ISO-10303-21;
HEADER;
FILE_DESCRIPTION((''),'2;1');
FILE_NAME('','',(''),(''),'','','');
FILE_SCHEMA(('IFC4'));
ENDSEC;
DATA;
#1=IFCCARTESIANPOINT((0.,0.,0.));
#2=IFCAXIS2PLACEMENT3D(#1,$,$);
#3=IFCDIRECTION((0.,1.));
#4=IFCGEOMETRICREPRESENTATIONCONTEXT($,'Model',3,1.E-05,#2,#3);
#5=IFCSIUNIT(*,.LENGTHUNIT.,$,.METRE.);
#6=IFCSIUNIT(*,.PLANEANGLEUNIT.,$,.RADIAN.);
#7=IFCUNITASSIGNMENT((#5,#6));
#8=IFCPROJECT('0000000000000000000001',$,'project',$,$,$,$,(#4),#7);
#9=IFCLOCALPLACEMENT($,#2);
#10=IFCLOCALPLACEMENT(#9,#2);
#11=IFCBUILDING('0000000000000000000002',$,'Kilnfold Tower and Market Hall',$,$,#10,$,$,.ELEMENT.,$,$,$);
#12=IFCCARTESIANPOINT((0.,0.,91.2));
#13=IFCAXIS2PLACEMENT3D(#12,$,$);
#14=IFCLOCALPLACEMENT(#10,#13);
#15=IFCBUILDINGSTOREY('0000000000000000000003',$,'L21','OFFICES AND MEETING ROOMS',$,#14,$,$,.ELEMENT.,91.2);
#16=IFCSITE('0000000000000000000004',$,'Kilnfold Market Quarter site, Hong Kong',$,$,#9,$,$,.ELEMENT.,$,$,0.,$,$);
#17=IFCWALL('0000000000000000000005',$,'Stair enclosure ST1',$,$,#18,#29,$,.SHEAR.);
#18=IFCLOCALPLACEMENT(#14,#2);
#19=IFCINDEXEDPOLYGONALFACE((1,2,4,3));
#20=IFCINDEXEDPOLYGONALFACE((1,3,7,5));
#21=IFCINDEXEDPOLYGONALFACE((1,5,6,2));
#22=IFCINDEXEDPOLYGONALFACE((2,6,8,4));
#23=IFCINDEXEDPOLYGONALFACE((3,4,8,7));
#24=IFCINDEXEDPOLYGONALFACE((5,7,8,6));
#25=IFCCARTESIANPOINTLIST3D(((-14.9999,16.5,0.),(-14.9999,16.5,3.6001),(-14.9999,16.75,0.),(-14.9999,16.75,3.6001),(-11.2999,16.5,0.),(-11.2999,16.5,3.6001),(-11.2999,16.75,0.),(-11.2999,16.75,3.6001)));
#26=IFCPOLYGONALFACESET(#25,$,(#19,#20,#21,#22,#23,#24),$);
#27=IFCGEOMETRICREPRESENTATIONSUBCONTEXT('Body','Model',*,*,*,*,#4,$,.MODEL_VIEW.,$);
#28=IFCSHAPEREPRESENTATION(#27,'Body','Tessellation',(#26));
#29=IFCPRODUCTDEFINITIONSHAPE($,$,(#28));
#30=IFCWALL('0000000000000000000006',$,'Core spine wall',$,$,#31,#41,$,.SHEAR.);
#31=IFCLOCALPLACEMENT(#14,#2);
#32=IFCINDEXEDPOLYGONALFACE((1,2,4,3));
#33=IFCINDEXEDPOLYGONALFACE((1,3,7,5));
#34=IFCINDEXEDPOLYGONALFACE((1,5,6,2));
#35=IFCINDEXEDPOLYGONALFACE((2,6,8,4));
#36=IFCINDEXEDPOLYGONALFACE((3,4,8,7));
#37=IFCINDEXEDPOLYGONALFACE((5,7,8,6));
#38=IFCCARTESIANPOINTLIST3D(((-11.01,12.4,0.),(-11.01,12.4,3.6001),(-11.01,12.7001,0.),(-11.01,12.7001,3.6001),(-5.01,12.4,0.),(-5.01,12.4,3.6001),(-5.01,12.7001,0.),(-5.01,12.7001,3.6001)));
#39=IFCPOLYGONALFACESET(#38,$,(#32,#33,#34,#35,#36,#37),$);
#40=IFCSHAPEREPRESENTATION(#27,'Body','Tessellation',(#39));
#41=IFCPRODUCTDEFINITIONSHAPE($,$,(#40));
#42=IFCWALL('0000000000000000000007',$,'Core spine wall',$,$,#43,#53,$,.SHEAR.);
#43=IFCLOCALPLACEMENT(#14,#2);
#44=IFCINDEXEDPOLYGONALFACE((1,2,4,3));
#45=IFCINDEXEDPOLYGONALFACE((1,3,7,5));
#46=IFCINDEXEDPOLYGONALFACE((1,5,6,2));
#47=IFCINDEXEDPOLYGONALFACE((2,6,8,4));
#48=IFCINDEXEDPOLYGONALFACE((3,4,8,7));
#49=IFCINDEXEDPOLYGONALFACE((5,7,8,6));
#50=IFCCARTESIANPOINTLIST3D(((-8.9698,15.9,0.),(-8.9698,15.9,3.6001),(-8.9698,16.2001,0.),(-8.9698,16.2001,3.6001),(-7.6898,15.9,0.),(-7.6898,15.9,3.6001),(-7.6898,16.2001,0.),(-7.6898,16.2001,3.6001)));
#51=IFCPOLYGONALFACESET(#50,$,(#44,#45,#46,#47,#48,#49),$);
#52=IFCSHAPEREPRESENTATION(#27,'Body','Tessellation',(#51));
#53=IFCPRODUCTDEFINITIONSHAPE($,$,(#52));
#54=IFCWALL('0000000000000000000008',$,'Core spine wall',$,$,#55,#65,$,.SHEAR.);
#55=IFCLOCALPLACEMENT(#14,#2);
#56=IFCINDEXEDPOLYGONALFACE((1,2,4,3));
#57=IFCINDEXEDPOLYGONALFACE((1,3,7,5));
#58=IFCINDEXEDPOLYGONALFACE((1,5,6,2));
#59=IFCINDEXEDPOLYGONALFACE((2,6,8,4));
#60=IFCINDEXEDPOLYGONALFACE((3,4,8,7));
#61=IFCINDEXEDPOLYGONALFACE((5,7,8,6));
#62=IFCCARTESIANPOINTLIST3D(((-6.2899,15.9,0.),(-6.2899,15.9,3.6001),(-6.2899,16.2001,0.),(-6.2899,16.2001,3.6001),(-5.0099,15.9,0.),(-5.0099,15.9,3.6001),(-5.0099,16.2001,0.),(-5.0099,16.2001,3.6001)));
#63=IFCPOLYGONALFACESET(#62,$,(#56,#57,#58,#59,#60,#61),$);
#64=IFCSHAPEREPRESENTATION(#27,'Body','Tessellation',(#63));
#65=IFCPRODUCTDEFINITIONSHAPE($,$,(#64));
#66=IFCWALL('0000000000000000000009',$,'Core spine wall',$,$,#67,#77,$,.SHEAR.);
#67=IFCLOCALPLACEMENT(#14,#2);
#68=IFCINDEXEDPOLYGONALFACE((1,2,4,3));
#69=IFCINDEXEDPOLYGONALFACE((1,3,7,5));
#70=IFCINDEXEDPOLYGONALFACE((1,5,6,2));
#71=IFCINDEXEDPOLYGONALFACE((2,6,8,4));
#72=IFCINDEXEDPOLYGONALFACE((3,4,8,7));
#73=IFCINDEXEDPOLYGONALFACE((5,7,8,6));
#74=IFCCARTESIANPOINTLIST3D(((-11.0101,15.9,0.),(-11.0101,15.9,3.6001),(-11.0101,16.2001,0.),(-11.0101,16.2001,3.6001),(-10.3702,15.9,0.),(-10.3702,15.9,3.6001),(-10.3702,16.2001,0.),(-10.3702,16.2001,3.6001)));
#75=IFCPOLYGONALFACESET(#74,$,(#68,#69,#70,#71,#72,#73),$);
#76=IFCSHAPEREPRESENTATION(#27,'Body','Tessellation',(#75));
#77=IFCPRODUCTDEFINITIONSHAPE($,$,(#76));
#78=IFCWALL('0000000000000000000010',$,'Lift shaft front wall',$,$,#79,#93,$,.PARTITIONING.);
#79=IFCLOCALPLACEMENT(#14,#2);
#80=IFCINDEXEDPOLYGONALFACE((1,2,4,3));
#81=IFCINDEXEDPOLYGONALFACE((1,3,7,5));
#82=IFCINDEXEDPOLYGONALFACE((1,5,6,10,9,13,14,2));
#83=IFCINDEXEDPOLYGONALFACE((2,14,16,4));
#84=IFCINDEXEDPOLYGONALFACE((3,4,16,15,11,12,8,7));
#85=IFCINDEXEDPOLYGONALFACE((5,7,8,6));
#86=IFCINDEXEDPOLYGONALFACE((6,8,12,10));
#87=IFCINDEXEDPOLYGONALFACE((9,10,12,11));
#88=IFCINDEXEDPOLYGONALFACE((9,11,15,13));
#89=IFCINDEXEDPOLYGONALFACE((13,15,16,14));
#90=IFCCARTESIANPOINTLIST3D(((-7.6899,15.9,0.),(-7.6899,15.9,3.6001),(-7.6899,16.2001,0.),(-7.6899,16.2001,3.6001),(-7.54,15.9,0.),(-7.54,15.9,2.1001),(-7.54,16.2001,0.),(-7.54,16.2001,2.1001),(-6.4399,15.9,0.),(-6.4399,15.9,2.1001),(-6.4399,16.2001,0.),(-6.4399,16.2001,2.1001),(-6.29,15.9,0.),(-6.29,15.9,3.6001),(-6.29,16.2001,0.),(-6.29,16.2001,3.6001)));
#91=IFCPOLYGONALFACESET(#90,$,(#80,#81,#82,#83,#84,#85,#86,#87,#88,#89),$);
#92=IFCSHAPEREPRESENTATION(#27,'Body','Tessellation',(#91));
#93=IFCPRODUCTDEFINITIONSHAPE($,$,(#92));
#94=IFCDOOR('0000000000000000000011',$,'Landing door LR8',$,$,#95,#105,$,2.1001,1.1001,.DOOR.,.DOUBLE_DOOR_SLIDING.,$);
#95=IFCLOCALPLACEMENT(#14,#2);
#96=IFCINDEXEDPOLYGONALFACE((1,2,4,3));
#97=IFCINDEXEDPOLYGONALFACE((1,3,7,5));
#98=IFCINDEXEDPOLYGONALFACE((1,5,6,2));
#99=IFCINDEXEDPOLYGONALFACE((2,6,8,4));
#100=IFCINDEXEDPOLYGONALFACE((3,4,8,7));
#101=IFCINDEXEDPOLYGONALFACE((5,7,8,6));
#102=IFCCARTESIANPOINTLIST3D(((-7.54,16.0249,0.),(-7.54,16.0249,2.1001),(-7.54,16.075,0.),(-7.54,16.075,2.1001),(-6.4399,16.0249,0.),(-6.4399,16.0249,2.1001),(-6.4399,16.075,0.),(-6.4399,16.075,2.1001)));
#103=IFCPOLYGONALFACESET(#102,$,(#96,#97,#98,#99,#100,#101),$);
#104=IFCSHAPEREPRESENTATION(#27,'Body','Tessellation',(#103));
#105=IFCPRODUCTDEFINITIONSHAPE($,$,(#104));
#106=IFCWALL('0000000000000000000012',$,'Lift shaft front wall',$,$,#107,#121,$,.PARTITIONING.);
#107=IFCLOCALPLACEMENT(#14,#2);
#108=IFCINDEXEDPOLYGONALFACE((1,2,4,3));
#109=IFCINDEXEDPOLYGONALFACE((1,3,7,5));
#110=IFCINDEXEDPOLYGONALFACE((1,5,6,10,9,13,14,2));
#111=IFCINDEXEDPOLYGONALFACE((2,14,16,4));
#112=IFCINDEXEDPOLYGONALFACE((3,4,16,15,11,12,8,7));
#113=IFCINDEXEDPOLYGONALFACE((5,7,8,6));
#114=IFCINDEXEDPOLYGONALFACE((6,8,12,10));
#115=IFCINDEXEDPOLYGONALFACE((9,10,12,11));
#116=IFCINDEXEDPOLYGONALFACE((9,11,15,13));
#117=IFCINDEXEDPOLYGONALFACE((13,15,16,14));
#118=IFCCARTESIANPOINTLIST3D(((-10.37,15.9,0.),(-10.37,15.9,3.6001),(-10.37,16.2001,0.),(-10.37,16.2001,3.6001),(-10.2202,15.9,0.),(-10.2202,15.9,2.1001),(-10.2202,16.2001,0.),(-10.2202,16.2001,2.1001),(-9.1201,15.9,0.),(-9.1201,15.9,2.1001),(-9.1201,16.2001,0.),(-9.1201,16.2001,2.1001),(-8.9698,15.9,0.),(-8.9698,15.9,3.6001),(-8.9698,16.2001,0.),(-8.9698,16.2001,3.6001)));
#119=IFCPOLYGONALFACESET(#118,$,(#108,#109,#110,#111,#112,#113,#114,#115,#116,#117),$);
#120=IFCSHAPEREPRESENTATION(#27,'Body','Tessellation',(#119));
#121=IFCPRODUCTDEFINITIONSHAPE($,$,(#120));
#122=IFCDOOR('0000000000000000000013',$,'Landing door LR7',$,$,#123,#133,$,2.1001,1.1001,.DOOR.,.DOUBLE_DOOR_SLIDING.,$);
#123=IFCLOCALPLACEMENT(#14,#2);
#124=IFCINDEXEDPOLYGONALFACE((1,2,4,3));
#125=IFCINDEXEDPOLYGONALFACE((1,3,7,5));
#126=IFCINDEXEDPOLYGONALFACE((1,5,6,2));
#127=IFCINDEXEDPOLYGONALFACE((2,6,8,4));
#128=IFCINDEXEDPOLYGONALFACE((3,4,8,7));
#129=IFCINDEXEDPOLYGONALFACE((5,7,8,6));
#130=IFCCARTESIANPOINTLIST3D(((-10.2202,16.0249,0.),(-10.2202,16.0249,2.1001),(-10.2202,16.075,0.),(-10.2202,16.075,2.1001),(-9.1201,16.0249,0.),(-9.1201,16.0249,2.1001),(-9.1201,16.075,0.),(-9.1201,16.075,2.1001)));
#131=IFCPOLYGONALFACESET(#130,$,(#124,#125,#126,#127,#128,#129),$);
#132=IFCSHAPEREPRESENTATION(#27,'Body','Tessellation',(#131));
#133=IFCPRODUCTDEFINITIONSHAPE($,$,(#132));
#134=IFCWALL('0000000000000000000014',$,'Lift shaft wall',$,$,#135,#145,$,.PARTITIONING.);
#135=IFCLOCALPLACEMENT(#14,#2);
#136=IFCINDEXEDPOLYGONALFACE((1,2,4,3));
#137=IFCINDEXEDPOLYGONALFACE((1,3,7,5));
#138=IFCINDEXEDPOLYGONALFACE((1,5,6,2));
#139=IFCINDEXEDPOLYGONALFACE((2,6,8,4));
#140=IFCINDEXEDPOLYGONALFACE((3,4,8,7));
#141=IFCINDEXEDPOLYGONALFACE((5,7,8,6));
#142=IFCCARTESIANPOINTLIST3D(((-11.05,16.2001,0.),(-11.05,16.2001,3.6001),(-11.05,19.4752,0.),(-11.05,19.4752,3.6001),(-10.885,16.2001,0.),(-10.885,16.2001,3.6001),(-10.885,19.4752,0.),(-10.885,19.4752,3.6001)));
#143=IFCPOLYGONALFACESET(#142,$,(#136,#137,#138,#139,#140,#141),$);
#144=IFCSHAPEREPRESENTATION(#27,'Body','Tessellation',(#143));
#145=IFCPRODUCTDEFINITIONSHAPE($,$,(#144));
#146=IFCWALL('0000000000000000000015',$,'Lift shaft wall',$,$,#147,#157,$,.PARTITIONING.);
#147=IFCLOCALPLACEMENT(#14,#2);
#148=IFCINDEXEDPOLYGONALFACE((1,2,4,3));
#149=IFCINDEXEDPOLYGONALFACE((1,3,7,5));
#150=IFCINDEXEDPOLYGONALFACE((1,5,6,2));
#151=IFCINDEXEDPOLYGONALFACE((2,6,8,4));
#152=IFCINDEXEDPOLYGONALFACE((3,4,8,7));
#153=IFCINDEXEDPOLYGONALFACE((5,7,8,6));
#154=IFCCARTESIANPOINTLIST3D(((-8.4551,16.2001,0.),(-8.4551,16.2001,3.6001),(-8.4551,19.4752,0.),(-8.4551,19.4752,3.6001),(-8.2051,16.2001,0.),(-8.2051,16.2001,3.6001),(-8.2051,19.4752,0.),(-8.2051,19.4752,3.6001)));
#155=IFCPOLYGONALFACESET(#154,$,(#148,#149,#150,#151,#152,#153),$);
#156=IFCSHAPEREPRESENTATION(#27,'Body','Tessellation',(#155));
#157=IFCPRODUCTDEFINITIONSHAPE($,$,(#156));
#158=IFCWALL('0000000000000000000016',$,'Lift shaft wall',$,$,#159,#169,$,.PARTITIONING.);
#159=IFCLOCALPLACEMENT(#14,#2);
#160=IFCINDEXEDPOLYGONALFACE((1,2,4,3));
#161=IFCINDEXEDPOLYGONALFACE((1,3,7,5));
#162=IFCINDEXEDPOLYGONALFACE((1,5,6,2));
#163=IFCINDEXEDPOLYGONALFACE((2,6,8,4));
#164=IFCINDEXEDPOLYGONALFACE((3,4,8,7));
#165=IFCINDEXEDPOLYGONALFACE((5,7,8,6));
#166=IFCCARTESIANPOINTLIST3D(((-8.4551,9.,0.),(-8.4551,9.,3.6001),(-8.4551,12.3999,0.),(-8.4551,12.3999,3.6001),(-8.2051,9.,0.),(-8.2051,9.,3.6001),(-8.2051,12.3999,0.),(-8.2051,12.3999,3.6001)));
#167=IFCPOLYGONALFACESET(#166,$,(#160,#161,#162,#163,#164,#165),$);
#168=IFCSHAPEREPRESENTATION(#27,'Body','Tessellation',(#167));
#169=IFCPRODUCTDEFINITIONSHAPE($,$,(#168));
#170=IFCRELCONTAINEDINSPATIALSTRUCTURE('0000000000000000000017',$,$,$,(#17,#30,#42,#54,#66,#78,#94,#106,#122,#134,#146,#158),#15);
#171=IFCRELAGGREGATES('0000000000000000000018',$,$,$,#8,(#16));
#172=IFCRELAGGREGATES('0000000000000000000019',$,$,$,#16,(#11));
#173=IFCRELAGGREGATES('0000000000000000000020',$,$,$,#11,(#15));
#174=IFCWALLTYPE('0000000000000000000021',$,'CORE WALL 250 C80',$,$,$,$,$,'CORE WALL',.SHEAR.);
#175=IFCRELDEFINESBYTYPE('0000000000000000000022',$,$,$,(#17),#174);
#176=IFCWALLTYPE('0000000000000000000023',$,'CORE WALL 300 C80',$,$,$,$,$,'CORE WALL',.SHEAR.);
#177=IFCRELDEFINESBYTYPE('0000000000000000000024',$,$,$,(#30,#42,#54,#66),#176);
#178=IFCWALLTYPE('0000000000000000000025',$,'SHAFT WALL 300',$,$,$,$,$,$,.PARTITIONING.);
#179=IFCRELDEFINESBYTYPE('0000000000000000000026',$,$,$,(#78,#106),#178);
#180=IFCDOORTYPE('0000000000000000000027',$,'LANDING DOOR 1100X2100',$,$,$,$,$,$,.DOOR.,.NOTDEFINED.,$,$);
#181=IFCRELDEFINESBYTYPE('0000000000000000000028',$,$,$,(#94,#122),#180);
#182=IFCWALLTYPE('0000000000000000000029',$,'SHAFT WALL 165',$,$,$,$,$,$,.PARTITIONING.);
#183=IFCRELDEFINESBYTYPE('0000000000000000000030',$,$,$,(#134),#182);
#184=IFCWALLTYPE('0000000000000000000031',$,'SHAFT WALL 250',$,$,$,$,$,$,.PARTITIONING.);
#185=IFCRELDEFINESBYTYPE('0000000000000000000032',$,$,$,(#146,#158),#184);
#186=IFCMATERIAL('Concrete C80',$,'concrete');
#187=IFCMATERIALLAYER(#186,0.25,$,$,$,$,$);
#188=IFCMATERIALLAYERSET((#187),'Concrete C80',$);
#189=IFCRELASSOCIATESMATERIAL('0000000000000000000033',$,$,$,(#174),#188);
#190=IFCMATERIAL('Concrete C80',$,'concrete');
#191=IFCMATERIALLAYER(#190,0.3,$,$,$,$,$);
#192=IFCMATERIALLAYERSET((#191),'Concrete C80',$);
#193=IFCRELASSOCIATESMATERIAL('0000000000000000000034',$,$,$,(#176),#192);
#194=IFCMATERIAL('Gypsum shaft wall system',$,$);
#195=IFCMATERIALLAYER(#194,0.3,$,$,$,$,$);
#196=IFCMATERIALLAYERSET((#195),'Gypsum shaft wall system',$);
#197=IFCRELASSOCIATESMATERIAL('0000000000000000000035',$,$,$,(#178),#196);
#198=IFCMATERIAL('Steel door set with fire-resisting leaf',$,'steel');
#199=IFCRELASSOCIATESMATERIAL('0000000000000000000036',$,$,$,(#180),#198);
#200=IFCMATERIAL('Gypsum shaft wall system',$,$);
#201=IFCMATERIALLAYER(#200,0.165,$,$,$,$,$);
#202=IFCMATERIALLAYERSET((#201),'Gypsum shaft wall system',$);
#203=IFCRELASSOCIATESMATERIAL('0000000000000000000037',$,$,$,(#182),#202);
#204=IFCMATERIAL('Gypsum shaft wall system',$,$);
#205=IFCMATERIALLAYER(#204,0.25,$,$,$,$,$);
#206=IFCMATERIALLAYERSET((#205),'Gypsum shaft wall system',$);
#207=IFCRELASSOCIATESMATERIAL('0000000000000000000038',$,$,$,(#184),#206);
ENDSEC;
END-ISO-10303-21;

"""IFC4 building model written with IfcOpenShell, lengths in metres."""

from ifc_helpers import new_model, si_unit, direction, frame, frame_2d, origin, place, context, subcontext, project, spatial, rectangle, extrude, source, transform, mapped, material, layer, layer_set, type_object, element, fill, save


model = new_model("IFC4")

# Units and contexts
model_context = context("Model", 3, precision=1e-05, world=origin(), true_north=direction((0.0, 1.0)))
body_context = subcontext(model_context, "Body", "Model", "MODEL_VIEW")
ifc_project = project(units=[si_unit("LENGTHUNIT", "METRE"), si_unit("PLANEANGLEUNIT", "RADIAN")], contexts=[model_context])

# Site, building, storey
site_placement = place(None, origin())
site = spatial("IfcSite", under=ifc_project, at=site_placement, Name="Kilnfold Market Quarter site, Hong Kong", CompositionType="ELEMENT", RefElevation=0.0)
building_placement = place(site_placement, origin())
building = spatial("IfcBuilding", under=site, at=building_placement, Name="Kilnfold Tower and Market Hall", CompositionType="ELEMENT")
storey_placement = place(building_placement, frame((0.0, 0.0, 91.2)))
storey = spatial("IfcBuildingStorey", under=building, at=storey_placement, Name="L21", Description="OFFICES AND MEETING ROOMS", CompositionType="ELEMENT", Elevation=91.2)

# Walls
ifc_material_1 = material(Name="Concrete C80", Category="concrete")
ifc_layer_1 = layer(ifc_material_1, 0.25)
ifc_layer_set_1 = layer_set([ifc_layer_1], Name="Concrete C80")
wall_type_1 = type_object("IfcWallType", Name="CORE WALL 250 C80", ElementType="CORE WALL", PredefinedType="SHEAR", material=ifc_layer_set_1)
shared_shape_1 = source(origin(), body_context, "Body", "SweptSolid", [
    extrude(rectangle(XDim=3.7, YDim=0.25, at=frame_2d((1.8501, 0.0))), origin(), (0.0, 0.0, 1.0), 3.6001),
])
wall_1_placement = place(storey_placement, frame((-15.0, 16.625, 0.0), z_axis=(0.0, 0.0, 1.0), x_axis=(1.0, 0.0, 0.0)))
element("IfcWall", 1, at=wall_1_placement, inside=storey, type_object=wall_type_1, Name="Stair enclosure ST1", PredefinedType="SHEAR", context=body_context, shape_type="MappedRepresentation", body=[
    mapped(shared_shape_1, transform((0.0, 0.0, 0.0))),
])
ifc_material_2 = material(Name="Concrete C80", Category="concrete")
ifc_layer_2 = layer(ifc_material_2, 0.3)
ifc_layer_set_2 = layer_set([ifc_layer_2], Name="Concrete C80")
wall_type_2 = type_object("IfcWallType", Name="CORE WALL 300 C80", ElementType="CORE WALL", PredefinedType="SHEAR", material=ifc_layer_set_2)
shared_shape_2 = source(origin(), body_context, "Body", "SweptSolid", [
    extrude(rectangle(XDim=6.0, YDim=0.3, at=frame_2d((3.0, 0.0))), origin(), (0.0, 0.0, 1.0), 3.6001),
])
wall_2_placement = place(storey_placement, frame((-11.01, 12.55, 0.0), z_axis=(0.0, 0.0, 1.0), x_axis=(1.0, 0.0, 0.0)))
element("IfcWall", 2, at=wall_2_placement, inside=storey, type_object=wall_type_2, Name="Core spine wall", PredefinedType="SHEAR", context=body_context, shape_type="MappedRepresentation", body=[
    mapped(shared_shape_2, transform((0.0, 0.0, 0.0))),
])
shared_shape_3 = source(origin(), body_context, "Body", "SweptSolid", [
    extrude(rectangle(XDim=1.28, YDim=0.3, at=frame_2d((0.6401, 0.0))), origin(), (0.0, 0.0, 1.0), 3.6001),
])
for number, where, z_axis, x_axis, name in (
    (3, (-8.97, 16.05, 0.0), (0.0, 0.0, 1.0), (1.0, 0.0, 0.0), "Core spine wall"),
    (4, (-6.29, 16.05, 0.0), (0.0, 0.0, 1.0), (1.0, 0.0, 0.0), "Core spine wall"),
):
    element("IfcWall", number, at=place(storey_placement, frame(where, z_axis=z_axis, x_axis=x_axis)), inside=storey, type_object=wall_type_2, Name=name, PredefinedType="SHEAR", context=body_context, shape_type="MappedRepresentation", body=[
        mapped(shared_shape_3, transform((0.0, 0.0, 0.0))),
    ])
shared_shape_4 = source(origin(), body_context, "Body", "SweptSolid", [
    extrude(rectangle(XDim=0.6399, YDim=0.3, at=frame_2d((0.3198, 0.0))), origin(), (0.0, 0.0, 1.0), 3.6001),
])
wall_3_placement = place(storey_placement, frame((-11.01, 16.05, 0.0), z_axis=(0.0, 0.0, 1.0), x_axis=(1.0, 0.0, 0.0)))
element("IfcWall", 5, at=wall_3_placement, inside=storey, type_object=wall_type_2, Name="Core spine wall", PredefinedType="SHEAR", context=body_context, shape_type="MappedRepresentation", body=[
    mapped(shared_shape_4, transform((0.0, 0.0, 0.0))),
])

# Walls, openings, doors
ifc_material_3 = material(Name="Gypsum shaft wall system")
ifc_layer_3 = layer(ifc_material_3, 0.3)
ifc_layer_set_3 = layer_set([ifc_layer_3], Name="Gypsum shaft wall system")
wall_type_3 = type_object("IfcWallType", Name="SHAFT WALL 300", PredefinedType="PARTITIONING", material=ifc_layer_set_3)
shared_shape_5 = source(origin(), body_context, "Body", "SweptSolid", [
    extrude(rectangle(XDim=1.3999, YDim=0.3, at=frame_2d((0.7, 0.0))), origin(), (0.0, 0.0, 1.0), 3.6001),
])
wall_4_placement = place(storey_placement, frame((-7.6899, 16.05, 0.0), z_axis=(0.0, 0.0, 1.0), x_axis=(1.0, 0.0, 0.0)))
wall_4 = element("IfcWall", 6, at=wall_4_placement, inside=storey, type_object=wall_type_3, Name="Lift shaft front wall", PredefinedType="PARTITIONING", context=body_context, shape_type="MappedRepresentation", body=[
    mapped(shared_shape_5, transform((0.0, 0.0, 0.0))),
])
opening_1_placement = place(wall_4_placement, frame((0.1499, 0.0, 0.0)))
opening_1 = element("IfcOpeningElement", 7, at=opening_1_placement, cuts=wall_4, PredefinedType="OPENING", context=body_context, shape_type="SweptSolid", body=[
    extrude(rectangle(XDim=1.1001, YDim=2.1001, at=frame_2d((0.55, 1.05))), frame((0.0, 0.1602, 0.0), z_axis=(0.0, -1.0, 0.0), x_axis=(1.0, 0.0, 0.0)), (0.0, 0.0, 1.0), 0.3201),
])
ifc_material_4 = material(Name="Steel door set with fire-resisting leaf", Category="steel")
door_type = type_object("IfcDoorType", Name="LANDING DOOR 1100X2100", OperationType="NOTDEFINED", PredefinedType="DOOR", material=ifc_material_4)
door_1_placement = place(opening_1_placement, origin())
door_1 = element("IfcDoor", 8, at=door_1_placement, inside=storey, type_object=door_type, Name="Landing door LR8", OperationType="DOUBLE_DOOR_SLIDING", OverallHeight=2.1001, OverallWidth=1.1001, PredefinedType="DOOR", context=body_context, shape_type="SweptSolid", body=[
    extrude(rectangle(XDim=1.1001, YDim=2.1001, at=frame_2d((0.55, 1.05))), frame((0.0, 0.0249, 0.0), z_axis=(0.0, -1.0, 0.0), x_axis=(1.0, 0.0, 0.0)), (0.0, 0.0, 1.0), 0.05),
])
fill(opening_1, door_1)
shared_shape_6 = source(origin(), body_context, "Body", "SweptSolid", [
    extrude(rectangle(XDim=1.4001, YDim=0.3, at=frame_2d((0.7002, 0.0))), origin(), (0.0, 0.0, 1.0), 3.6001),
])
wall_5_placement = place(storey_placement, frame((-10.3701, 16.05, 0.0), z_axis=(0.0, 0.0, 1.0), x_axis=(1.0, 0.0, 0.0)))
wall_5 = element("IfcWall", 9, at=wall_5_placement, inside=storey, type_object=wall_type_3, Name="Lift shaft front wall", PredefinedType="PARTITIONING", context=body_context, shape_type="MappedRepresentation", body=[
    mapped(shared_shape_6, transform((0.0, 0.0, 0.0))),
])
opening_2_placement = place(wall_5_placement, frame((0.1499, 0.0, 0.0)))
opening_2 = element("IfcOpeningElement", 10, at=opening_2_placement, cuts=wall_5, PredefinedType="OPENING", context=body_context, shape_type="SweptSolid", body=[
    extrude(rectangle(XDim=1.1001, YDim=2.1001, at=frame_2d((0.55, 1.05))), frame((0.0, 0.1602, 0.0), z_axis=(0.0, -1.0, 0.0), x_axis=(1.0, 0.0, 0.0)), (0.0, 0.0, 1.0), 0.3201),
])
door_2_placement = place(opening_2_placement, origin())
door_2 = element("IfcDoor", 11, at=door_2_placement, inside=storey, type_object=door_type, Name="Landing door LR7", OperationType="DOUBLE_DOOR_SLIDING", OverallHeight=2.1001, OverallWidth=1.1001, PredefinedType="DOOR", context=body_context, shape_type="SweptSolid", body=[
    extrude(rectangle(XDim=1.1001, YDim=2.1001, at=frame_2d((0.55, 1.05))), frame((0.0, 0.0249, 0.0), z_axis=(0.0, -1.0, 0.0), x_axis=(1.0, 0.0, 0.0)), (0.0, 0.0, 1.0), 0.05),
])
fill(opening_2, door_2)

# Walls
ifc_material_5 = material(Name="Gypsum shaft wall system")
ifc_layer_4 = layer(ifc_material_5, 0.165)
ifc_layer_set_4 = layer_set([ifc_layer_4], Name="Gypsum shaft wall system")
wall_type_4 = type_object("IfcWallType", Name="SHAFT WALL 165", PredefinedType="PARTITIONING", material=ifc_layer_set_4)
shared_shape_7 = source(origin(), body_context, "Body", "SweptSolid", [
    extrude(rectangle(XDim=3.2751, YDim=0.165, at=frame_2d((1.6377, 0.0))), origin(), (0.0, 0.0, 1.0), 3.6001),
])
wall_6_placement = place(storey_placement, frame((-10.9675, 16.2, 0.0), z_axis=(0.0, 0.0, 1.0), x_axis=(0.0, 1.0, 0.0)))
element("IfcWall", 12, at=wall_6_placement, inside=storey, type_object=wall_type_4, Name="Lift shaft wall", PredefinedType="PARTITIONING", context=body_context, shape_type="MappedRepresentation", body=[
    mapped(shared_shape_7, transform((0.0, 0.0, 0.0))),
])
ifc_material_6 = material(Name="Gypsum shaft wall system")
ifc_layer_5 = layer(ifc_material_6, 0.25)
ifc_layer_set_5 = layer_set([ifc_layer_5], Name="Gypsum shaft wall system")
wall_type_5 = type_object("IfcWallType", Name="SHAFT WALL 250", PredefinedType="PARTITIONING", material=ifc_layer_set_5)
shared_shape_8 = source(origin(), body_context, "Body", "SweptSolid", [
    extrude(rectangle(XDim=3.2751, YDim=0.25, at=frame_2d((1.6377, 0.0))), origin(), (0.0, 0.0, 1.0), 3.6001),
])
wall_7_placement = place(storey_placement, frame((-8.3301, 16.2, 0.0), z_axis=(0.0, 0.0, 1.0), x_axis=(0.0, 1.0, 0.0)))
element("IfcWall", 13, at=wall_7_placement, inside=storey, type_object=wall_type_5, Name="Lift shaft wall", PredefinedType="PARTITIONING", context=body_context, shape_type="MappedRepresentation", body=[
    mapped(shared_shape_8, transform((0.0, 0.0, 0.0))),
])
shared_shape_9 = source(origin(), body_context, "Body", "SweptSolid", [
    extrude(rectangle(XDim=3.3999, YDim=0.25, at=frame_2d((1.7, 0.0))), origin(), (0.0, 0.0, 1.0), 3.6001),
])
wall_8_placement = place(storey_placement, frame((-8.3301, 9.0, 0.0), z_axis=(0.0, 0.0, 1.0), x_axis=(0.0, 1.0, 0.0)))
element("IfcWall", 14, at=wall_8_placement, inside=storey, type_object=wall_type_5, Name="Lift shaft wall", PredefinedType="PARTITIONING", context=body_context, shape_type="MappedRepresentation", body=[
    mapped(shared_shape_9, transform((0.0, 0.0, 0.0))),
])

save(model, "model.ifc")
